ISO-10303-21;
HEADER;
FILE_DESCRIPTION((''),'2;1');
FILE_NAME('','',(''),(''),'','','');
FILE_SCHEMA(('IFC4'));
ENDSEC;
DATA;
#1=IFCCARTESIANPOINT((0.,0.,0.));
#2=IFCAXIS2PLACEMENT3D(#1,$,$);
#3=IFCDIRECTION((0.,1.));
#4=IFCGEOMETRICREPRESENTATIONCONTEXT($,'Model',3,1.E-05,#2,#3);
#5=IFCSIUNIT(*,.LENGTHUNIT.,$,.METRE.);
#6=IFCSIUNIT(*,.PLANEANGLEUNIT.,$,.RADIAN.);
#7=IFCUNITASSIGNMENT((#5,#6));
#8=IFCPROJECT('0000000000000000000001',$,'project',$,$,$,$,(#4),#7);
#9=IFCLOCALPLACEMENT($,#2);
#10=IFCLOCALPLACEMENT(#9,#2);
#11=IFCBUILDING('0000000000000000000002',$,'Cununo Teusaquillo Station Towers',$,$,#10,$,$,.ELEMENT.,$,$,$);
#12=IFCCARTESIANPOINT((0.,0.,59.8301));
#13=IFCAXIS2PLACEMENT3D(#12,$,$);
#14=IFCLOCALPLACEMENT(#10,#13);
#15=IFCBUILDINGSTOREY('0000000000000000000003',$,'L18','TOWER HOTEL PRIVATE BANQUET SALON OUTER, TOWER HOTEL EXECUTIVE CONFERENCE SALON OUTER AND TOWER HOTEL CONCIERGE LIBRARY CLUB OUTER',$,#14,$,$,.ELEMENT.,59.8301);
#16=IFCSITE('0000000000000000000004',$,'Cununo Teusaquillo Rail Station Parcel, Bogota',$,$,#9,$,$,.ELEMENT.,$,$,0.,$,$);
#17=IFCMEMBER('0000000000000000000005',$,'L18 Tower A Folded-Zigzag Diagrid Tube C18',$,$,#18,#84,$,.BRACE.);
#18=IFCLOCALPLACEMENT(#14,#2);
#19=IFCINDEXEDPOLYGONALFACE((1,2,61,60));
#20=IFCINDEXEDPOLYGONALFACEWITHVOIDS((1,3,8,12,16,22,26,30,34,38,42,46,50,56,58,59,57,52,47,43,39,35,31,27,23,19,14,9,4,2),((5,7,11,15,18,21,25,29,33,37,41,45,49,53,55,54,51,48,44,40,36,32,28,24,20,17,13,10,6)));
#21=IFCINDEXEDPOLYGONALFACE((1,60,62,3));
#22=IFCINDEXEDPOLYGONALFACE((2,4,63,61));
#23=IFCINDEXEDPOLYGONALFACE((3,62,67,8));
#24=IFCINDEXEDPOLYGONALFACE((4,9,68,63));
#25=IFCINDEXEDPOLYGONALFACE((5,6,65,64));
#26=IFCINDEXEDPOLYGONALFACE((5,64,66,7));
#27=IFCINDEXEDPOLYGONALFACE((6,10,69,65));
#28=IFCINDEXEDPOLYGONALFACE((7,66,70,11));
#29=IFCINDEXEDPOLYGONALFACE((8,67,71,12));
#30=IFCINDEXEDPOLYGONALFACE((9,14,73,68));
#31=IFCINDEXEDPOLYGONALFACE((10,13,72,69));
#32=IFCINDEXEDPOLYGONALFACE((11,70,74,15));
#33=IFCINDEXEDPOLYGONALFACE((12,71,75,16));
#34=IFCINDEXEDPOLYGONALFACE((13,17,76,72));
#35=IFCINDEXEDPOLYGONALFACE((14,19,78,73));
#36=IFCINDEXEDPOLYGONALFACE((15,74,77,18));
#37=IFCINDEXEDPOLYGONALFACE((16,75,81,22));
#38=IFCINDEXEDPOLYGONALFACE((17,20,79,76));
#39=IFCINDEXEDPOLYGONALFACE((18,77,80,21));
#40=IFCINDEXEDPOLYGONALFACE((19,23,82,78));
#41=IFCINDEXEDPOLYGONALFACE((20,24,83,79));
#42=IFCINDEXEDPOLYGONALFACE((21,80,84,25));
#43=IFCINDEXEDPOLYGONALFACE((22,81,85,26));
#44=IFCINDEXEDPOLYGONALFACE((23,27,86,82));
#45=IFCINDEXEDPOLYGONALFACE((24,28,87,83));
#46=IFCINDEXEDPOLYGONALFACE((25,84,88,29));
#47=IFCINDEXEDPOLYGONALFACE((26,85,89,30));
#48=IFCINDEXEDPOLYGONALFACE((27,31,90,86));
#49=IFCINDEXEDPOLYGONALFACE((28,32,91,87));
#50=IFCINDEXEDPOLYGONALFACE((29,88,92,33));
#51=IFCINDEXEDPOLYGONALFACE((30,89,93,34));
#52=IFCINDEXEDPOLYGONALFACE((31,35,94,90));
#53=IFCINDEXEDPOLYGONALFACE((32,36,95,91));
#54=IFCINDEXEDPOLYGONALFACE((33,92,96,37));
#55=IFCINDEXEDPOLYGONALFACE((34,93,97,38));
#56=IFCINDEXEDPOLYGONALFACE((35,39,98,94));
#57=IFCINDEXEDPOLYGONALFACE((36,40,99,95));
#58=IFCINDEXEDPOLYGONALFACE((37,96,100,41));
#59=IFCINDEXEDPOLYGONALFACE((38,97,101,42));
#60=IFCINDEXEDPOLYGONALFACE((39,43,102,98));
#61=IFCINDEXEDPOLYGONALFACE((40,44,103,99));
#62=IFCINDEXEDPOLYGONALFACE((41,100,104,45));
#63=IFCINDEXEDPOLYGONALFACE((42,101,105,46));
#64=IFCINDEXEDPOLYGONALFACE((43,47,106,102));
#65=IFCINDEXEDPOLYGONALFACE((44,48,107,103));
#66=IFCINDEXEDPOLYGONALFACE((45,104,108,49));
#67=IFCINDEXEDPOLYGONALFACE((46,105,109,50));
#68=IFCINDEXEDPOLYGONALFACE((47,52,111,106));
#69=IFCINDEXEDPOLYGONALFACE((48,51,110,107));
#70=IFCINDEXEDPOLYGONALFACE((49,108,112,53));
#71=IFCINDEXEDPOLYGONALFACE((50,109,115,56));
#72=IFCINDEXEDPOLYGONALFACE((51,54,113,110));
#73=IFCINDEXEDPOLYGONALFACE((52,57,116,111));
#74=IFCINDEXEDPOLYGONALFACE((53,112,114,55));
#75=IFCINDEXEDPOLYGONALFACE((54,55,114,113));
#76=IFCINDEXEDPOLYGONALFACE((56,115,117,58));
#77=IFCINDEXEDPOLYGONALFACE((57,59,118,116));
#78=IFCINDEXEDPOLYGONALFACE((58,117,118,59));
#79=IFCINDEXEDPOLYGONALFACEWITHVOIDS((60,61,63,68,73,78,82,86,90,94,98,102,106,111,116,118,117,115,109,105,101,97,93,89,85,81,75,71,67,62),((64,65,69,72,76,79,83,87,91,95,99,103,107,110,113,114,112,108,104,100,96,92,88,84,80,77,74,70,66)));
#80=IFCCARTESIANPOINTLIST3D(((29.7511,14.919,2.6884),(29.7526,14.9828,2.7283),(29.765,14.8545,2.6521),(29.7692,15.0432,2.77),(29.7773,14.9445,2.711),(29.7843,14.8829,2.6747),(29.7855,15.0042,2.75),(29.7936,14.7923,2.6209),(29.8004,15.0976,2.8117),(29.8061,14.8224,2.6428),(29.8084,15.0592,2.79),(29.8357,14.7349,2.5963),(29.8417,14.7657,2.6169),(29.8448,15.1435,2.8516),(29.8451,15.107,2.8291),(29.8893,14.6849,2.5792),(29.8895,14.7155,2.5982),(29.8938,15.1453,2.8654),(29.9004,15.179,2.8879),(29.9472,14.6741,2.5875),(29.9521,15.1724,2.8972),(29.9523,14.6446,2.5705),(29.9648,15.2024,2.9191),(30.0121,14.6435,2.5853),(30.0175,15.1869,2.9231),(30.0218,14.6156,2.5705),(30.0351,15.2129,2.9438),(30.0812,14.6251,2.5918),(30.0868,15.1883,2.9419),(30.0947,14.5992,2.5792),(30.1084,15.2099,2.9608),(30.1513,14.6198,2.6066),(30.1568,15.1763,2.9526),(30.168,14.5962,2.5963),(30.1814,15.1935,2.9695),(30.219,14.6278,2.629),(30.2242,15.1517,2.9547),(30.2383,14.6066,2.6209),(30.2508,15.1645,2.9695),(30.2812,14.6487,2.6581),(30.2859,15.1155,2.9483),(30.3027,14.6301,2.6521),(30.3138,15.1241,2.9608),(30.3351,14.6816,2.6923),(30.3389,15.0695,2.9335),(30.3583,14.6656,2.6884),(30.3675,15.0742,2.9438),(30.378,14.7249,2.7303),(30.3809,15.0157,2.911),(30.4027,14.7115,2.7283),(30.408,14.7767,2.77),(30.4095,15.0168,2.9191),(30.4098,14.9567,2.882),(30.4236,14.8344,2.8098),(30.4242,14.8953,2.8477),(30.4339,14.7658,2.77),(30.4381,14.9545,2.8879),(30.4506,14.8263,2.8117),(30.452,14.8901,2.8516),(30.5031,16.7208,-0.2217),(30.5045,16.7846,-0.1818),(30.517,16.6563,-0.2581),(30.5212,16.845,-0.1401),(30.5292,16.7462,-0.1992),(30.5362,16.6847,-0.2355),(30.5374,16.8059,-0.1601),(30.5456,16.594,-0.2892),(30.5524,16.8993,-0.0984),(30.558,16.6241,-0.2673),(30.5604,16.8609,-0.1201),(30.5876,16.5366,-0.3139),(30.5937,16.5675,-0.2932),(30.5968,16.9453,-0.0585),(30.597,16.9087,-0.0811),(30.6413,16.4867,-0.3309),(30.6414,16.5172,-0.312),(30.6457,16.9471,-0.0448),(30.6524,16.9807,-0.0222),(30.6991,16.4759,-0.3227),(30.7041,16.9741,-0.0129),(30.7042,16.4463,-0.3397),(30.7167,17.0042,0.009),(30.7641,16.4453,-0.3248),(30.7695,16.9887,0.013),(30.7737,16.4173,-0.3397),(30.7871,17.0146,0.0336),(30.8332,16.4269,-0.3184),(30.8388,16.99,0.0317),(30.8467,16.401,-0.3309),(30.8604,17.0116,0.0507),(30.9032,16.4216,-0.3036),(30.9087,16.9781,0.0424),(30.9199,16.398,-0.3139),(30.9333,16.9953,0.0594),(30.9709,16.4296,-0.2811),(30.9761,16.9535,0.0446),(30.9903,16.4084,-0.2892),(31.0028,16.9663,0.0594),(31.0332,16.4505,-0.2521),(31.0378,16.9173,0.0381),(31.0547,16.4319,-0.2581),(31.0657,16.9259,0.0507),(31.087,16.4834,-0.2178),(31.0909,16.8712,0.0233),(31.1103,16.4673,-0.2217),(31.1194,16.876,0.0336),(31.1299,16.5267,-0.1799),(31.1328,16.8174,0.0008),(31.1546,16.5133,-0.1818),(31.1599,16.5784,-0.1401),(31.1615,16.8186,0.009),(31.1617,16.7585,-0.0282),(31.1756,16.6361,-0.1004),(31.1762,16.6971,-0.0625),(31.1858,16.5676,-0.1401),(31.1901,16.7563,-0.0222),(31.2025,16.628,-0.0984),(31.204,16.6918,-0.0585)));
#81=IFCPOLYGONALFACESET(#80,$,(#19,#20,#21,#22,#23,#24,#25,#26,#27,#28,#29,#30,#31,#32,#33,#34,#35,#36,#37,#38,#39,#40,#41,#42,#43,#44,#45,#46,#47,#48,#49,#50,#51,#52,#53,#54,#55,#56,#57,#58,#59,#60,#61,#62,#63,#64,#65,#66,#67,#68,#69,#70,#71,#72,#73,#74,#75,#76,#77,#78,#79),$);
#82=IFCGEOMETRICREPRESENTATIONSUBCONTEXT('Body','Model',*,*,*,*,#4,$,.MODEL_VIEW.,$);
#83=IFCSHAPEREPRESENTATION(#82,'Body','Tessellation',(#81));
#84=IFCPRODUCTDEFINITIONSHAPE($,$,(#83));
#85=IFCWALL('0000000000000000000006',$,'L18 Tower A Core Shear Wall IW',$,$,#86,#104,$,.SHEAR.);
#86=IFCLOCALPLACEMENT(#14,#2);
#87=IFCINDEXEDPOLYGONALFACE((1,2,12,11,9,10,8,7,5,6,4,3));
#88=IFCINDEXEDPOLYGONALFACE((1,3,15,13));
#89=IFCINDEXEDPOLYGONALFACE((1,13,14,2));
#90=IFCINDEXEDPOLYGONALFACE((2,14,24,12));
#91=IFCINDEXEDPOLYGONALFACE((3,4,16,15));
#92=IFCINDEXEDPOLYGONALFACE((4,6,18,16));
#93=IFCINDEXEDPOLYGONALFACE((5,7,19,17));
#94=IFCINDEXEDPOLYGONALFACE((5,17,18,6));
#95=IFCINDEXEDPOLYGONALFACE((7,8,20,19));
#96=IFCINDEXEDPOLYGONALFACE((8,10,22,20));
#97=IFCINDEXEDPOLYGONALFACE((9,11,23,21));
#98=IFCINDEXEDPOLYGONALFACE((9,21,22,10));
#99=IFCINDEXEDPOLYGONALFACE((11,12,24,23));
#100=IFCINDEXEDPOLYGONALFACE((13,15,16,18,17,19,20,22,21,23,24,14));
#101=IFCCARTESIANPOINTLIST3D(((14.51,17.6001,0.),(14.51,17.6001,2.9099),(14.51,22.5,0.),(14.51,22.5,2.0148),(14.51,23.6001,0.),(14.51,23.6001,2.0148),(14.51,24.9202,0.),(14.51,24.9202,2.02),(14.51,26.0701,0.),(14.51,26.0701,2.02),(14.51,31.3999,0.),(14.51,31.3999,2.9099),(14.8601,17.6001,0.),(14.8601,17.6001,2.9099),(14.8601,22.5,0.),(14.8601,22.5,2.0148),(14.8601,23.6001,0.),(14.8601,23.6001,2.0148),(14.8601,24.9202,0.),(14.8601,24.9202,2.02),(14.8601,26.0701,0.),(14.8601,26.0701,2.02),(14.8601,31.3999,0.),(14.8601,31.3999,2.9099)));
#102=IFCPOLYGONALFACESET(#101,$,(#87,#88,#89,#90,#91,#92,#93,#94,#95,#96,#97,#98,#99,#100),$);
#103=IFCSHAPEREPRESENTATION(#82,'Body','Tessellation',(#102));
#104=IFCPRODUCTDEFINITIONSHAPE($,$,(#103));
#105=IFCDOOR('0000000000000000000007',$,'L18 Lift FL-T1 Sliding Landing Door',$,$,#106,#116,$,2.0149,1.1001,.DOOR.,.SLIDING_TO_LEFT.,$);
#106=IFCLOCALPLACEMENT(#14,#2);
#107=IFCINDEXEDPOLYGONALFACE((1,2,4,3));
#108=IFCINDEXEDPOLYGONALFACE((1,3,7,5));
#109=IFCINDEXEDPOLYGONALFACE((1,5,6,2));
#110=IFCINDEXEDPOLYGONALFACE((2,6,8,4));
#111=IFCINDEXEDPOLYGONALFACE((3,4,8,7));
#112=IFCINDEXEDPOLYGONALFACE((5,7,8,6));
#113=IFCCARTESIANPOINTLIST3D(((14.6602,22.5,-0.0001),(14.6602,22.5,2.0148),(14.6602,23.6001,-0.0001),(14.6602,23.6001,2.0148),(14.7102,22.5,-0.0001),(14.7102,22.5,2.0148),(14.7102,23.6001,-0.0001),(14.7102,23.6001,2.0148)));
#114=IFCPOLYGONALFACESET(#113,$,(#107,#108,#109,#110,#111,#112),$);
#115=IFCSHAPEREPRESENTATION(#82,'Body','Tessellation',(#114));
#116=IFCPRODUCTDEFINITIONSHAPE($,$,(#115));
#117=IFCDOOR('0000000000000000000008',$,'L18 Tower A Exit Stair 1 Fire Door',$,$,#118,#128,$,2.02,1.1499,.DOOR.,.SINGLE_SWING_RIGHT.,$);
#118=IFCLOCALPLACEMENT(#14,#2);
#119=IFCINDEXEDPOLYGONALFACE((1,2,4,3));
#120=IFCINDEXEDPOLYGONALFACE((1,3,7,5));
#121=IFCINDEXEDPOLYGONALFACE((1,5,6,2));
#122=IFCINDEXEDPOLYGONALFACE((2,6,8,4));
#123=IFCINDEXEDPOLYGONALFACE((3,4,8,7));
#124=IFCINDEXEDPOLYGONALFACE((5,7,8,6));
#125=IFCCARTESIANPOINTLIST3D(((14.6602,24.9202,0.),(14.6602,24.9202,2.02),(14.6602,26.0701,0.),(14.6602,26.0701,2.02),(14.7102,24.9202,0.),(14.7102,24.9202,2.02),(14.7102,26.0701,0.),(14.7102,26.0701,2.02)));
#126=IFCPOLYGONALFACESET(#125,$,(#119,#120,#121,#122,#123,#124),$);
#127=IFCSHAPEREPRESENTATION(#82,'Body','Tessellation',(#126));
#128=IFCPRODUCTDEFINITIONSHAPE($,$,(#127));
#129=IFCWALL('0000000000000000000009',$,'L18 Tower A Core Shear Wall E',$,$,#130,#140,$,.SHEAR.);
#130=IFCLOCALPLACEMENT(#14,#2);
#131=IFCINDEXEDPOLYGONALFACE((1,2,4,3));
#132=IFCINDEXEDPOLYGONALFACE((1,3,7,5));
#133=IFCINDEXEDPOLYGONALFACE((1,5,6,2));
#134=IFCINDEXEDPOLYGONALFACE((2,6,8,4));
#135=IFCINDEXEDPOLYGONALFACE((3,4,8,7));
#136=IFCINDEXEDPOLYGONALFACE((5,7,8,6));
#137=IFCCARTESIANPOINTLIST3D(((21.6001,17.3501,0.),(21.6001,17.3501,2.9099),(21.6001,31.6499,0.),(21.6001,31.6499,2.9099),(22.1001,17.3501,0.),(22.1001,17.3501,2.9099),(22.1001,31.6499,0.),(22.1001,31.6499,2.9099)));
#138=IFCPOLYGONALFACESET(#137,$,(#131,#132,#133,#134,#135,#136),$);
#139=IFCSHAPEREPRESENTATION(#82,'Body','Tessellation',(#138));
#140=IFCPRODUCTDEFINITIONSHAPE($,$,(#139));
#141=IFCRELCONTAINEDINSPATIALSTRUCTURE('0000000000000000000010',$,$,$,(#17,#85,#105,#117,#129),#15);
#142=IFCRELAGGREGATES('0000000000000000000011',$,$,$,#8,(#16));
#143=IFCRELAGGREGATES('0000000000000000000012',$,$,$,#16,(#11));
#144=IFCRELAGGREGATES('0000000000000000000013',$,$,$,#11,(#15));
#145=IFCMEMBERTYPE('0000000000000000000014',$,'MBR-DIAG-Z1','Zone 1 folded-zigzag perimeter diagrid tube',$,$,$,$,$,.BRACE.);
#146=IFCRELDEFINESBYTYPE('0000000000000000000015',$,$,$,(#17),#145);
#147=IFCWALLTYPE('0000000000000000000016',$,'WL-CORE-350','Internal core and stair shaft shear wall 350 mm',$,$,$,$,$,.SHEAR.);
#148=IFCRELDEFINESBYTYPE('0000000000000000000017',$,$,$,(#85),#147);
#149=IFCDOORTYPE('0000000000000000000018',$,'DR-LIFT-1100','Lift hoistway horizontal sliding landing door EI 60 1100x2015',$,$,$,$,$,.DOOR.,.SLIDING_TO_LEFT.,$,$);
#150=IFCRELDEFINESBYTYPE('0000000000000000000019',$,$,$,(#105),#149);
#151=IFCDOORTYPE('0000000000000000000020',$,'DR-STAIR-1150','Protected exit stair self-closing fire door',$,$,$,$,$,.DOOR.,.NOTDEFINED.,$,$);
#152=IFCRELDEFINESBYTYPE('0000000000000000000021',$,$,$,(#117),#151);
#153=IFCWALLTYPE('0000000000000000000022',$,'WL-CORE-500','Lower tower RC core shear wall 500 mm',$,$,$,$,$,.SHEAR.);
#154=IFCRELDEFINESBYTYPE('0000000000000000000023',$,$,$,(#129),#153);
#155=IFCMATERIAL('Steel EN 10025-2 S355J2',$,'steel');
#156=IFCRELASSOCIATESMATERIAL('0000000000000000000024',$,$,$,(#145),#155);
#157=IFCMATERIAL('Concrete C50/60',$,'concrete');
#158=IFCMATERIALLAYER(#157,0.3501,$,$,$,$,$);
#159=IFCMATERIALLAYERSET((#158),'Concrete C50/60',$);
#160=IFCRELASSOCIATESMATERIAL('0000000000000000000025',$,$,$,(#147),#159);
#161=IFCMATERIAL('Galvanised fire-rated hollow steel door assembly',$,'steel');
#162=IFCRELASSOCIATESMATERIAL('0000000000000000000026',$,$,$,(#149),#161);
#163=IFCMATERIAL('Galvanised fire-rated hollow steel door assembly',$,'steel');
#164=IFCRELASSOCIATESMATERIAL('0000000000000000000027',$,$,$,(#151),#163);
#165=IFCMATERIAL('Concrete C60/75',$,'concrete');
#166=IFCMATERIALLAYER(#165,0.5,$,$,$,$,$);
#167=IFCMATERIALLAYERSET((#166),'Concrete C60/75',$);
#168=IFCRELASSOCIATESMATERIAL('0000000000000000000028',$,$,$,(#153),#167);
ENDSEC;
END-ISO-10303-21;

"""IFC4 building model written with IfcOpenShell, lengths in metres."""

from ifc_helpers import new_model, si_unit, direction, frame, frame_2d, origin, origin_2d, place, context, subcontext, project, spatial, rectangle, hollow_circle, extrude, source, transform, mapped, material, layer, layer_set, material_profile, profile_set, type_object, element, fill, save


model = new_model("IFC4")

# Units and contexts
model_context = context("Model", 3, precision=1e-05, world=origin(), true_north=direction((0.0, 1.0)))
body_context = subcontext(model_context, "Body", "Model", "MODEL_VIEW")
ifc_project = project(units=[si_unit("LENGTHUNIT", "METRE"), si_unit("PLANEANGLEUNIT", "RADIAN")], contexts=[model_context])

# Site, building, storey
site_placement = place(None, origin())
site = spatial("IfcSite", under=ifc_project, at=site_placement, Name="Cununo Teusaquillo Rail Station Parcel, Bogota", CompositionType="ELEMENT", RefElevation=0.0)
building_placement = place(site_placement, origin())
building = spatial("IfcBuilding", under=site, at=building_placement, Name="Cununo Teusaquillo Station Towers", CompositionType="ELEMENT")
storey_placement = place(building_placement, frame((0.0, 0.0, 59.8301)))
storey = spatial("IfcBuildingStorey", under=building, at=storey_placement, Name="L18", Description="TOWER HOTEL PRIVATE BANQUET SALON OUTER, TOWER HOTEL EXECUTIVE CONFERENCE SALON OUTER AND TOWER HOTEL CONCIERGE LIBRARY CLUB OUTER", CompositionType="ELEMENT", Elevation=59.8301)

# Member
ifc_material_1 = material(Name="Steel EN 10025-2 S355J2", Category="steel")
ifc_material_profile_1 = material_profile(ifc_material_1, hollow_circle(Radius=0.3601, WallThickness=0.0281, at=origin_2d()), Name="CHS 720x28")
ifc_profile_set_1 = profile_set([ifc_material_profile_1], Name="Steel EN 10025-2 S355J2")
member_type = type_object("IfcMemberType", Name="MBR-DIAG-Z1", Description="Zone 1 folded-zigzag perimeter diagrid tube", PredefinedType="BRACE", material=ifc_profile_set_1)
member_1_placement = place(storey_placement, frame((30.8535, 16.7063, -0.1401), z_axis=(-0.214574, -0.514143, 0.830431), x_axis=(0.922855, -0.385148, 0.0)))
element("IfcMember", 1, at=member_1_placement, inside=storey, type_object=member_type, Name="L18 Tower A Folded-Zigzag Diagrid Tube C18", PredefinedType="BRACE", context=body_context, shape_type="SweptSolid", body=[
    extrude(hollow_circle(Radius=0.3601, WallThickness=0.0281, at=origin_2d()), origin(), (0.0, 0.0, 1.0), 3.5044),
])

# Wall, openings, doors
ifc_material_2 = material(Name="Concrete C50/60", Category="concrete")
ifc_layer_1 = layer(ifc_material_2, 0.3501)
ifc_layer_set_1 = layer_set([ifc_layer_1], Name="Concrete C50/60")
wall_type_1 = type_object("IfcWallType", Name="WL-CORE-350", Description="Internal core and stair shaft shear wall 350 mm", PredefinedType="SHEAR", material=ifc_layer_set_1)
wall_1_placement = place(storey_placement, frame((14.6851, 17.6001, 0.0), z_axis=(0.0, 0.0, 1.0), x_axis=(0.0, 1.0, 0.0)))
wall_1 = element("IfcWall", 2, at=wall_1_placement, inside=storey, type_object=wall_type_1, Name="L18 Tower A Core Shear Wall IW", PredefinedType="SHEAR", context=body_context, shape_type="SweptSolid", body=[
    extrude(rectangle(XDim=13.7998, YDim=0.3501, at=frame_2d((6.8999, 0.0))), origin(), (0.0, 0.0, 1.0), 2.9099),
])
shared_shape_1 = source(origin(), body_context, "Body", "SweptSolid", [
    extrude(rectangle(XDim=1.1001, YDim=2.0149, at=frame_2d((0.55, 1.0073))), frame((0.0, 0.1851, 0.0), z_axis=(0.0, -1.0, 0.0), x_axis=(1.0, 0.0, 0.0)), (0.0, 0.0, 1.0), 0.3701),
])
opening_1_placement = place(wall_1_placement, frame((4.8999, 0.0, 0.0)))
opening_1 = element("IfcOpeningElement", 3, at=opening_1_placement, cuts=wall_1, PredefinedType="OPENING", context=body_context, shape_type="MappedRepresentation", body=[
    mapped(shared_shape_1, transform((0.0, 0.0, 0.0), x_axis=(1.0, 0.0, 0.0), y_axis=(0.0, 1.0, 0.0), z_axis=(0.0, 0.0, 1.0), scale=1.0)),
])
shared_shape_2 = source(origin(), body_context, "Body", "SweptSolid", [
    extrude(rectangle(XDim=1.1499, YDim=2.02, at=frame_2d((0.575, 1.01))), frame((0.0, 0.1851, 0.0), z_axis=(0.0, -1.0, 0.0), x_axis=(1.0, 0.0, 0.0)), (0.0, 0.0, 1.0), 0.3701),
])
opening_2_placement = place(wall_1_placement, frame((7.3201, 0.0, 0.0)))
opening_2 = element("IfcOpeningElement", 4, at=opening_2_placement, cuts=wall_1, PredefinedType="OPENING", context=body_context, shape_type="MappedRepresentation", body=[
    mapped(shared_shape_2, transform((0.0, 0.0, 0.0), x_axis=(1.0, 0.0, 0.0), y_axis=(0.0, 1.0, 0.0), z_axis=(0.0, 0.0, 1.0), scale=1.0)),
])
ifc_material_3 = material(Name="Galvanised fire-rated hollow steel door assembly", Category="steel")
door_type_1 = type_object("IfcDoorType", Name="DR-LIFT-1100", Description="Lift hoistway horizontal sliding landing door EI 60 1100x2015", OperationType="SLIDING_TO_LEFT", PredefinedType="DOOR", material=ifc_material_3)
shared_shape_3 = source(origin(), body_context, "Body", "SweptSolid", [
    extrude(rectangle(XDim=1.1001, YDim=2.0149, at=frame_2d((0.55, 1.0073))), frame((0.0, 0.0249, 0.0), z_axis=(0.0, -1.0, 0.0), x_axis=(1.0, 0.0, 0.0)), (0.0, 0.0, 1.0), 0.05),
])
door_1_placement = place(opening_1_placement, origin())
door_1 = element("IfcDoor", 5, at=door_1_placement, inside=storey, type_object=door_type_1, Name="L18 Lift FL-T1 Sliding Landing Door", OperationType="SLIDING_TO_LEFT", OverallHeight=2.0149, OverallWidth=1.1001, PredefinedType="DOOR", context=body_context, shape_type="MappedRepresentation", body=[
    mapped(shared_shape_3, transform((0.0, 0.0, 0.0), x_axis=(1.0, 0.0, 0.0), y_axis=(0.0, 1.0, 0.0), z_axis=(0.0, 0.0, 1.0), scale=1.0)),
])
fill(opening_1, door_1)
ifc_material_4 = material(Name="Galvanised fire-rated hollow steel door assembly", Category="steel")
door_type_2 = type_object("IfcDoorType", Name="DR-STAIR-1150", Description="Protected exit stair self-closing fire door", OperationType="NOTDEFINED", PredefinedType="DOOR", material=ifc_material_4)
shared_shape_4 = source(origin(), body_context, "Body", "SweptSolid", [
    extrude(rectangle(XDim=1.1499, YDim=2.02, at=frame_2d((0.575, 1.01))), frame((0.0, 0.0249, 0.0), z_axis=(0.0, -1.0, 0.0), x_axis=(1.0, 0.0, 0.0)), (0.0, 0.0, 1.0), 0.05),
])
door_2_placement = place(opening_2_placement, origin())
door_2 = element("IfcDoor", 6, at=door_2_placement, inside=storey, type_object=door_type_2, Name="L18 Tower A Exit Stair 1 Fire Door", OperationType="SINGLE_SWING_RIGHT", OverallHeight=2.02, OverallWidth=1.1499, PredefinedType="DOOR", context=body_context, shape_type="MappedRepresentation", body=[
    mapped(shared_shape_4, transform((0.0, 0.0, 0.0), x_axis=(1.0, 0.0, 0.0), y_axis=(0.0, 1.0, 0.0), z_axis=(0.0, 0.0, 1.0), scale=1.0)),
])
fill(opening_2, door_2)

# Wall
ifc_material_5 = material(Name="Concrete C60/75", Category="concrete")
ifc_layer_2 = layer(ifc_material_5, 0.5)
ifc_layer_set_2 = layer_set([ifc_layer_2], Name="Concrete C60/75")
wall_type_2 = type_object("IfcWallType", Name="WL-CORE-500", Description="Lower tower RC core shear wall 500 mm", PredefinedType="SHEAR", material=ifc_layer_set_2)
wall_2_placement = place(storey_placement, frame((21.8501, 17.3501, 0.0), z_axis=(0.0, 0.0, 1.0), x_axis=(0.0, 1.0, 0.0)))
element("IfcWall", 7, at=wall_2_placement, inside=storey, type_object=wall_type_2, Name="L18 Tower A Core Shear Wall E", PredefinedType="SHEAR", context=body_context, shape_type="SweptSolid", body=[
    extrude(rectangle(XDim=14.2998, YDim=0.5, at=frame_2d((7.1499, 0.0))), origin(), (0.0, 0.0, 1.0), 2.9099),
])

save(model, "model.ifc")
